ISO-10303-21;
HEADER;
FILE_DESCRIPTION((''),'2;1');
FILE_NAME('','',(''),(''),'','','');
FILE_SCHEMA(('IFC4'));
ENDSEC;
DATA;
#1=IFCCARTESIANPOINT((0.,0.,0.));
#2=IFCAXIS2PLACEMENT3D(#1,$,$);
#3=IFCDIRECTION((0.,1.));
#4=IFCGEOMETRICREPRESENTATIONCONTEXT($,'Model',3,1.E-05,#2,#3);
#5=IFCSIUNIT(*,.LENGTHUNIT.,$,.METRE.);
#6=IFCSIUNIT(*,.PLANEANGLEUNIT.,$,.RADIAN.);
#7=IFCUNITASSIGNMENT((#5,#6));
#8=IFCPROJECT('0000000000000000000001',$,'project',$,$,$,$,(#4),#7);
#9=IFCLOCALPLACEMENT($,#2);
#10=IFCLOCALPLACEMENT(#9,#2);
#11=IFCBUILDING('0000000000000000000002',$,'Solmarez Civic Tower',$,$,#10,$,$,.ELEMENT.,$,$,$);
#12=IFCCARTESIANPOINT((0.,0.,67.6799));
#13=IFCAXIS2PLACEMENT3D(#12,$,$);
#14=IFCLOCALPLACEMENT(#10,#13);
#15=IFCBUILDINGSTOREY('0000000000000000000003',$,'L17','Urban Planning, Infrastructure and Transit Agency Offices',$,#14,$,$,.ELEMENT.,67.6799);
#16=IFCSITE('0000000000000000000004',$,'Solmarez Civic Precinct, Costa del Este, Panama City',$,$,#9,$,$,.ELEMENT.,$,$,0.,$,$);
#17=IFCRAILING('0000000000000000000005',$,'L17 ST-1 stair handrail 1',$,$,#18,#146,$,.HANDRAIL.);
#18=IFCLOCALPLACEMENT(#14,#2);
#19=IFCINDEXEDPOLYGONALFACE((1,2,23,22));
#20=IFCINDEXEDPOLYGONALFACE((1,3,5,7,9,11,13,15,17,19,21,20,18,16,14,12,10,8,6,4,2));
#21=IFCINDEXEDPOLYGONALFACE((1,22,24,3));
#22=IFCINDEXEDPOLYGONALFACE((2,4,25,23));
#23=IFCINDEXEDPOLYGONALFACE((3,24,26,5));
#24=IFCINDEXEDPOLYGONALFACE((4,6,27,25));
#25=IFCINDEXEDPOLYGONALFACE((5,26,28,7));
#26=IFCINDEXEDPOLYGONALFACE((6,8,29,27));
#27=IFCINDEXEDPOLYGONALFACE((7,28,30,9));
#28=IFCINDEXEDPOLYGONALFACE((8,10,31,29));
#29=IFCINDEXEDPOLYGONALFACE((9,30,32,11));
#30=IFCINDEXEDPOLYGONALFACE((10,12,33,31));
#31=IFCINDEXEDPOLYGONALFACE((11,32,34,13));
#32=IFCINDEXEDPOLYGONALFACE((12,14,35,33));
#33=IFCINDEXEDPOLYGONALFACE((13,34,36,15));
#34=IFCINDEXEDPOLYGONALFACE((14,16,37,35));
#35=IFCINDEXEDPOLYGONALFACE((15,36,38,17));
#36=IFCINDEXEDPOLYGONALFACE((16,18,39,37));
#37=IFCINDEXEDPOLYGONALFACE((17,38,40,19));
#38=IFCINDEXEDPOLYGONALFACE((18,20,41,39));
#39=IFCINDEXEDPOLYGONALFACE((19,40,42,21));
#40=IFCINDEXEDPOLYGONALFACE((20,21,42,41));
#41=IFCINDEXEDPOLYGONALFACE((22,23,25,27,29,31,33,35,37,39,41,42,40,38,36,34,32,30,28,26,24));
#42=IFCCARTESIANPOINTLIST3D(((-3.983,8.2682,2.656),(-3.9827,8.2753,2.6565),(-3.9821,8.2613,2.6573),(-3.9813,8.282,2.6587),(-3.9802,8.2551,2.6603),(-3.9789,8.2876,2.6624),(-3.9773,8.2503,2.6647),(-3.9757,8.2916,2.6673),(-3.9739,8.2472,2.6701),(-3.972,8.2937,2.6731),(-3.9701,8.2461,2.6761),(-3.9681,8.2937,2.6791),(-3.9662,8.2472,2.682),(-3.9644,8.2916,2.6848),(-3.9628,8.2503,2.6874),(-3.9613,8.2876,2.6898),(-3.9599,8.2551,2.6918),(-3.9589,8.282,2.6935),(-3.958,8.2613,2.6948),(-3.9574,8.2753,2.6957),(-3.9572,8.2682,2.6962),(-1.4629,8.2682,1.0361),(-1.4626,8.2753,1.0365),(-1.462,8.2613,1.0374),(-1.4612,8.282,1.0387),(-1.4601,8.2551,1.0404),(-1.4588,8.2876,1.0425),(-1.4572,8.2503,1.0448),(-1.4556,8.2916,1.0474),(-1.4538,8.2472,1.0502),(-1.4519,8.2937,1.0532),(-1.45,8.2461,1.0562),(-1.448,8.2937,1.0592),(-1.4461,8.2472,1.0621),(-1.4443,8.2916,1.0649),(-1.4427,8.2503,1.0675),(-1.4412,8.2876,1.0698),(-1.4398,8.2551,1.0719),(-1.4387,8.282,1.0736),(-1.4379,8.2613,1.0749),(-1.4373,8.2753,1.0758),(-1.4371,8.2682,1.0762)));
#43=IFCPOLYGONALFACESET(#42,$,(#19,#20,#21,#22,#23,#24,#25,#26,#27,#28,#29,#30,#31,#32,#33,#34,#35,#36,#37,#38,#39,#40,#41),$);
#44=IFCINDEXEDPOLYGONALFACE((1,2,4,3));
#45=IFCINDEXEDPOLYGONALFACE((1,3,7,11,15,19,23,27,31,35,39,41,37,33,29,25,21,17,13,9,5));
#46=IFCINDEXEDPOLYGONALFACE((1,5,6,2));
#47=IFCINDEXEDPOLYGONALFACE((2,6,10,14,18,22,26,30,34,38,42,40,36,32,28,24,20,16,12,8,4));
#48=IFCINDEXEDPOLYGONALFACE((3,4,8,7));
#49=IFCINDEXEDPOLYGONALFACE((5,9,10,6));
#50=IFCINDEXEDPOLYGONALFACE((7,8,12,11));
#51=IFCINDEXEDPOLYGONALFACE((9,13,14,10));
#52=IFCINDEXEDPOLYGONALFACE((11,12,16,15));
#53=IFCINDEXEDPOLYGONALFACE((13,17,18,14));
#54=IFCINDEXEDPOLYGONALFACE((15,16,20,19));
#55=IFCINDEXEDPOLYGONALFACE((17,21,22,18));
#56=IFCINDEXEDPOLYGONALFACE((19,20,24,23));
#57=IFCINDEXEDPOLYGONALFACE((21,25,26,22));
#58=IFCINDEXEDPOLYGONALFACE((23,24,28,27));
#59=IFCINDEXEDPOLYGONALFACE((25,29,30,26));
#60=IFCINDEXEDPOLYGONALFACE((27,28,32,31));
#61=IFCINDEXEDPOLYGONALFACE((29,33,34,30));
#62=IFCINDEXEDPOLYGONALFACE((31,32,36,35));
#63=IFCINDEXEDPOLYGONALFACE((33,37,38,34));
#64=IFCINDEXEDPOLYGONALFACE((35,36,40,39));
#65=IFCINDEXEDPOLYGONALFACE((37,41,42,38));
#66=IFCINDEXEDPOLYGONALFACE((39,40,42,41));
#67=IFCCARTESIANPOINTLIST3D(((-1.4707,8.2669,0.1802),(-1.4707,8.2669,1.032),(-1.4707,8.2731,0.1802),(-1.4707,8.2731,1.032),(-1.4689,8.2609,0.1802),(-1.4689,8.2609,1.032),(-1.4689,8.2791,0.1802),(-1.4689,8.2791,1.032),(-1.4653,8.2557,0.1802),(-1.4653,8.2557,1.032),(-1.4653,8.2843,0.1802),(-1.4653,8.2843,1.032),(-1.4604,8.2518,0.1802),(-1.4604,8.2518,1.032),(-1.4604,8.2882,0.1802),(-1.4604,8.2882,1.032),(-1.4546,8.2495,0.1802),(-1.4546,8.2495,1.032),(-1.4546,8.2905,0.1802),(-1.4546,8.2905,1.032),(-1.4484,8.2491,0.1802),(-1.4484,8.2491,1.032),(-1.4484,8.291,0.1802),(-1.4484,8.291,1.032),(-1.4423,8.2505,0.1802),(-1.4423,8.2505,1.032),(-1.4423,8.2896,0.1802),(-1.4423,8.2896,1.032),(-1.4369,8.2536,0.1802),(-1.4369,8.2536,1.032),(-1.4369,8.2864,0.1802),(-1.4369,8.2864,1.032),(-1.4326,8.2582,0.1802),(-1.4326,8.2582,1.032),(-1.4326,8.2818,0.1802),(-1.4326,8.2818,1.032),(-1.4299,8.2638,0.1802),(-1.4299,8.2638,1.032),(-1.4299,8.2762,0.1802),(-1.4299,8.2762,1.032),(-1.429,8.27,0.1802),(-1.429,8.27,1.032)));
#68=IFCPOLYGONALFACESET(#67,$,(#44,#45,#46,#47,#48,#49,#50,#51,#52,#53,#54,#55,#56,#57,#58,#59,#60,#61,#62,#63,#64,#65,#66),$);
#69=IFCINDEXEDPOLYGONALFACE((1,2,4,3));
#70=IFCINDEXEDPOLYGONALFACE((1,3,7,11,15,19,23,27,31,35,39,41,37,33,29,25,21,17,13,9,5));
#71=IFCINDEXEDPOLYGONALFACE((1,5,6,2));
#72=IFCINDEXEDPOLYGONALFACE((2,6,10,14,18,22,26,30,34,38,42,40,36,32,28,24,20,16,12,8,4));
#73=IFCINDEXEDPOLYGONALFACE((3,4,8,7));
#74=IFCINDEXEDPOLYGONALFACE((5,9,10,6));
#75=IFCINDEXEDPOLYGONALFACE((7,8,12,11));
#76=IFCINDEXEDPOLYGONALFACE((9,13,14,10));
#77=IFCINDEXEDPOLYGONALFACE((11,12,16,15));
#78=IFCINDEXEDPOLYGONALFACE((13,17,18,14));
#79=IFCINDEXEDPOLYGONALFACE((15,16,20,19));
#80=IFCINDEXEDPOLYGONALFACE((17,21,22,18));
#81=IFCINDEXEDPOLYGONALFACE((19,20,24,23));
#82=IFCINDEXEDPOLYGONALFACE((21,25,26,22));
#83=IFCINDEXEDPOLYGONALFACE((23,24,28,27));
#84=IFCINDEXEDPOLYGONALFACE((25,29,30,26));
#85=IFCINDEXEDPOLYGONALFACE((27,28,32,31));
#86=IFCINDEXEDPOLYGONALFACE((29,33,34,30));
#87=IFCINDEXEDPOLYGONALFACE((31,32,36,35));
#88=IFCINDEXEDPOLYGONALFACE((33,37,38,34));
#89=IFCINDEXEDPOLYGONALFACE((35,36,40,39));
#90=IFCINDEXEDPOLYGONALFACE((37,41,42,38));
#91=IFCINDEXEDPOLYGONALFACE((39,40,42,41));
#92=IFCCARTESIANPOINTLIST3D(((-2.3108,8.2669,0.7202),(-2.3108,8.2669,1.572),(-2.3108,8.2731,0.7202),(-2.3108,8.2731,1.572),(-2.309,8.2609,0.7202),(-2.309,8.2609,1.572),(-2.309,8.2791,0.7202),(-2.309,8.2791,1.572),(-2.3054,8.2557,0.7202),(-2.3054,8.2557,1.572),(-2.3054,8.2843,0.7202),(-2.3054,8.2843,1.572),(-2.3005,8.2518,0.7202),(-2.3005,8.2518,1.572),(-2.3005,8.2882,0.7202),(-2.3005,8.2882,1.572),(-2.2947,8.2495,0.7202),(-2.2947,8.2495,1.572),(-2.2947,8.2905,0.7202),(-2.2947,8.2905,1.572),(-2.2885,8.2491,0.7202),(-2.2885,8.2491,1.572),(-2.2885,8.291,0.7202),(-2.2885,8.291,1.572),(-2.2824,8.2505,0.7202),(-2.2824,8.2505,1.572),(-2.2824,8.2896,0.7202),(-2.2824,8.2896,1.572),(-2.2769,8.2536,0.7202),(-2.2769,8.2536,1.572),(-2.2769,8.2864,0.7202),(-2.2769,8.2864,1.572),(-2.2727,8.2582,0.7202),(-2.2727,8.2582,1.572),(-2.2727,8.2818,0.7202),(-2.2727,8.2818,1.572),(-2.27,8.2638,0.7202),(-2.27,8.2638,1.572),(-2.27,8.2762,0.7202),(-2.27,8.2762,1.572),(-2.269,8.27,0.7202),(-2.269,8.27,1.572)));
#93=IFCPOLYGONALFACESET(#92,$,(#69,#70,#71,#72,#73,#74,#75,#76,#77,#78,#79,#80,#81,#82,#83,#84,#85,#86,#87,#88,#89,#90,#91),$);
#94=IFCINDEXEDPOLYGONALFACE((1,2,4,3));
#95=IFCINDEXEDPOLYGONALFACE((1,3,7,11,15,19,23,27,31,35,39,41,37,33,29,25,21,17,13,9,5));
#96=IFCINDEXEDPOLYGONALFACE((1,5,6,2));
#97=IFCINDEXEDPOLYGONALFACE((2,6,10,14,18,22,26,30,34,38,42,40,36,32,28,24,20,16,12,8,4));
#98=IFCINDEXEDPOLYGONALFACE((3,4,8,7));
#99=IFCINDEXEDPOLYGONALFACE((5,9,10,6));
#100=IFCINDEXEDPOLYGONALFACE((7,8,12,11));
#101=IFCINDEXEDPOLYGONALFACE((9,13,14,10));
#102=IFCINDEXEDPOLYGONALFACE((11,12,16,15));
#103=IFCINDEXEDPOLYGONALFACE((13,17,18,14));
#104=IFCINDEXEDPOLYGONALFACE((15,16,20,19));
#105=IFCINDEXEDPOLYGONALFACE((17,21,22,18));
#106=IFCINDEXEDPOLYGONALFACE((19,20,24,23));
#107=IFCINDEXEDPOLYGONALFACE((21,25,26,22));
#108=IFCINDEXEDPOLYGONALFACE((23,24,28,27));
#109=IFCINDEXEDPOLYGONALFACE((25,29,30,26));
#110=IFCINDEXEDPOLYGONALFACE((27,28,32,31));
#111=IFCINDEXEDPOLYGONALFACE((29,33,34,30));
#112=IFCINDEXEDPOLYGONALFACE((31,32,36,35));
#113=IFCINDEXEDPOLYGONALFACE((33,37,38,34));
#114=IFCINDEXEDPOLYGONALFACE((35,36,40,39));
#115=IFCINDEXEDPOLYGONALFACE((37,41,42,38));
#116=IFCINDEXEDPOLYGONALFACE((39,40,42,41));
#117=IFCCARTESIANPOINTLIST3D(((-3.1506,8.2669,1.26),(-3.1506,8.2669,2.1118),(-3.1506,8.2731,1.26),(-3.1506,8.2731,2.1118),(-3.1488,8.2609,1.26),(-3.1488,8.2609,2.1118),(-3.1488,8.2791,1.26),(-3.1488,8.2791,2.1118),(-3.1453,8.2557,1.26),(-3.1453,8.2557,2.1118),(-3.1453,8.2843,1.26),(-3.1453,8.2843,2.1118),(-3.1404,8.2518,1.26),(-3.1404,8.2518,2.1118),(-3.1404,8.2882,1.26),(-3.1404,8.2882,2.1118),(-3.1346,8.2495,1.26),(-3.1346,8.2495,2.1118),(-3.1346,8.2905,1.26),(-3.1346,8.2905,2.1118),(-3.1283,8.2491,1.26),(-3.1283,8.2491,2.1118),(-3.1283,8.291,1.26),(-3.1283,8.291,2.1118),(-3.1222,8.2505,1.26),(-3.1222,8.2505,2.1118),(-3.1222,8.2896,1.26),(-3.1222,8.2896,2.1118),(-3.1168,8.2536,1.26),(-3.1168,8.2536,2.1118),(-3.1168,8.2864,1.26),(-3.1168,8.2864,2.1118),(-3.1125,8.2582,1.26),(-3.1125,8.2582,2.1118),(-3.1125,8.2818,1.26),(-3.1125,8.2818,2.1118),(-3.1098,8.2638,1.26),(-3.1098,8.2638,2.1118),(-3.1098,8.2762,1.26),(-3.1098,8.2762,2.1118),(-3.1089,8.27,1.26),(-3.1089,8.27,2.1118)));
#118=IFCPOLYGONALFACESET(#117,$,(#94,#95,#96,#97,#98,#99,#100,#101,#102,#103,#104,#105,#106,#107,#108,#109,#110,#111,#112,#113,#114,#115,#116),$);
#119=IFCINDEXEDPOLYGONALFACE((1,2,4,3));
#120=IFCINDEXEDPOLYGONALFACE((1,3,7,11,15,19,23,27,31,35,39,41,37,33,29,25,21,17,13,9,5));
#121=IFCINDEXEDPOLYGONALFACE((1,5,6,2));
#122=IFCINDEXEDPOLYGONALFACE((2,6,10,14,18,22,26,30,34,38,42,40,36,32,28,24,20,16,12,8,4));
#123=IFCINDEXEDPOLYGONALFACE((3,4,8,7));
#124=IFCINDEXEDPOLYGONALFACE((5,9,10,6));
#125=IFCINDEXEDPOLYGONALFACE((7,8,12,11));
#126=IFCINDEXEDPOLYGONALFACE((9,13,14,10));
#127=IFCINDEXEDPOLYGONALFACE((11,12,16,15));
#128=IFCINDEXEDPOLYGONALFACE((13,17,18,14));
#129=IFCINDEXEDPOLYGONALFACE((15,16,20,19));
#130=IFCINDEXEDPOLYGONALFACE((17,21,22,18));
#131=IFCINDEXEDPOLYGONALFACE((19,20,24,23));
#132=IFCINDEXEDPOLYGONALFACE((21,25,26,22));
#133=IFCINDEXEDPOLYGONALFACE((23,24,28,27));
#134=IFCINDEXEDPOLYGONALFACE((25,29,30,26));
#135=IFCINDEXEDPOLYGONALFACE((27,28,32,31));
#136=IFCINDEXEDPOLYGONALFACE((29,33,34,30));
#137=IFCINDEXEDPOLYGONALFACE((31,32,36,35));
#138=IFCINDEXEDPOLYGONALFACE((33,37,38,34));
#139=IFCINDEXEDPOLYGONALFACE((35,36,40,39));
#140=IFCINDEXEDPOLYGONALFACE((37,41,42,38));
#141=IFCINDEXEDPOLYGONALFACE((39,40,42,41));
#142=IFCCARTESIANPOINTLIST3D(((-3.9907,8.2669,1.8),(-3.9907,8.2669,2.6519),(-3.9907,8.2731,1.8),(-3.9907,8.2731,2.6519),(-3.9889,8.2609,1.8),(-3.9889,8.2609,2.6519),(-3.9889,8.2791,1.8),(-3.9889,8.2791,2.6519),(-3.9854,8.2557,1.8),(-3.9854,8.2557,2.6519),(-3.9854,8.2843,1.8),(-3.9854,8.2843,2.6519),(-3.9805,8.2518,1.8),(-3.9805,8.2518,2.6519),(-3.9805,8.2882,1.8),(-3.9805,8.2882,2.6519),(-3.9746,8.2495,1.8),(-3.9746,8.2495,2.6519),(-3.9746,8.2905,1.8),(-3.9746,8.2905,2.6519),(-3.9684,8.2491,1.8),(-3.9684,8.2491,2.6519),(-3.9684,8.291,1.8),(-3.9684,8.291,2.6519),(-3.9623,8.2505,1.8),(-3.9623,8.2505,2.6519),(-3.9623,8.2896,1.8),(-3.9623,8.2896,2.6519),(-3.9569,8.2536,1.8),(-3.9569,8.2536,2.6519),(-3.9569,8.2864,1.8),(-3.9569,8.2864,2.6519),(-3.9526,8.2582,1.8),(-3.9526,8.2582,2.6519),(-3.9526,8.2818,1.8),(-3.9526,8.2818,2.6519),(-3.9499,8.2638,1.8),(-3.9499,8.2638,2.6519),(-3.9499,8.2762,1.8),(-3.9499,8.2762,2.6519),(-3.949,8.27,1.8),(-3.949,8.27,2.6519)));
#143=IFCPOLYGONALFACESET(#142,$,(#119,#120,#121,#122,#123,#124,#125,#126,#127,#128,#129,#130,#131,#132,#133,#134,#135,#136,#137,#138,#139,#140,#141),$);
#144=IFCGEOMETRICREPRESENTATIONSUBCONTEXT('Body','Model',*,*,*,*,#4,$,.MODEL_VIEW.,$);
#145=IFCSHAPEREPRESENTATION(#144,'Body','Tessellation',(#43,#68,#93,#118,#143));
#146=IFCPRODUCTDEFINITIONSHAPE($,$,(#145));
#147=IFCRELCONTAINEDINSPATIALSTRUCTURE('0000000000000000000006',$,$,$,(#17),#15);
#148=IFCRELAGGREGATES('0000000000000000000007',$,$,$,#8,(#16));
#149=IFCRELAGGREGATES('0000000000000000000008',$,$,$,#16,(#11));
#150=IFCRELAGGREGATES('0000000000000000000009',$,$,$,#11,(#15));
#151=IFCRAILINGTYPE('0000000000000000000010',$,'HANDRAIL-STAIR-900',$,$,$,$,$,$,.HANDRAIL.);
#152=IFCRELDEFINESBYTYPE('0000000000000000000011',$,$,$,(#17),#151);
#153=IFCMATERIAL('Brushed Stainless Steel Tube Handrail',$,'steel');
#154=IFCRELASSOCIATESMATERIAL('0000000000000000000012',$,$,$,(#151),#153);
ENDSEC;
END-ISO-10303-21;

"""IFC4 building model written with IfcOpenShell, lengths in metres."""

from ifc_helpers import new_model, si_unit, direction, frame, origin, origin_2d, place, context, subcontext, project, spatial, circle, extrude, material, type_object, element, save


model = new_model("IFC4")

# Units and contexts
model_context = context("Model", 3, precision=1e-05, world=origin(), true_north=direction((0.0, 1.0)))
body_context = subcontext(model_context, "Body", "Model", "MODEL_VIEW")
ifc_project = project(units=[si_unit("LENGTHUNIT", "METRE"), si_unit("PLANEANGLEUNIT", "RADIAN")], contexts=[model_context])

# Site, building, storey
site_placement = place(None, origin())
site = spatial("IfcSite", under=ifc_project, at=site_placement, Name="Solmarez Civic Precinct, Costa del Este, Panama City", CompositionType="ELEMENT", RefElevation=0.0)
building_placement = place(site_placement, origin())
building = spatial("IfcBuilding", under=site, at=building_placement, Name="Solmarez Civic Tower", CompositionType="ELEMENT")
storey_placement = place(building_placement, frame((0.0, 0.0, 67.6799)))
storey = spatial("IfcBuildingStorey", under=building, at=storey_placement, Name="L17", Description="Urban Planning, Infrastructure and Transit Agency Offices", CompositionType="ELEMENT", Elevation=67.6799)

# Railing
ifc_material_1 = material(Name="Brushed Stainless Steel Tube Handrail", Category="steel")
railing_type_1 = type_object("IfcRailingType", Name="HANDRAIL-STAIR-900", PredefinedType="HANDRAIL", material=ifc_material_1)
railing_1_placement = place(storey_placement, frame((-1.45, 8.27, 0.1802)))
element("IfcRailing", 1, at=railing_1_placement, inside=storey, type_object=railing_type_1, Name="L17 ST-1 stair handrail 1", PredefinedType="HANDRAIL", context=body_context, shape_type="SweptSolid", body=[
    extrude(circle(Radius=0.0239, at=origin_2d()), frame((0.0, 0.0, 0.876), z_axis=(-0.8412, 0.0, 0.540725), x_axis=(0.0, -1.0, 0.0)), (0.0, 0.0, 1.0), 2.9958),
    extrude(circle(Radius=0.021, at=origin_2d()), origin(), (0.0, 0.0, 1.0), 0.8518),
    extrude(circle(Radius=0.021, at=origin_2d()), frame((-0.8401, 0.0, 0.54)), (0.0, 0.0, 1.0), 0.8518),
    extrude(circle(Radius=0.021, at=origin_2d()), frame((-1.6799, 0.0, 1.0798)), (0.0, 0.0, 1.0), 0.8518),
    extrude(circle(Radius=0.021, at=origin_2d()), frame((-2.52, 0.0, 1.6199)), (0.0, 0.0, 1.0), 0.8518),
])

save(model, "model.ifc")
